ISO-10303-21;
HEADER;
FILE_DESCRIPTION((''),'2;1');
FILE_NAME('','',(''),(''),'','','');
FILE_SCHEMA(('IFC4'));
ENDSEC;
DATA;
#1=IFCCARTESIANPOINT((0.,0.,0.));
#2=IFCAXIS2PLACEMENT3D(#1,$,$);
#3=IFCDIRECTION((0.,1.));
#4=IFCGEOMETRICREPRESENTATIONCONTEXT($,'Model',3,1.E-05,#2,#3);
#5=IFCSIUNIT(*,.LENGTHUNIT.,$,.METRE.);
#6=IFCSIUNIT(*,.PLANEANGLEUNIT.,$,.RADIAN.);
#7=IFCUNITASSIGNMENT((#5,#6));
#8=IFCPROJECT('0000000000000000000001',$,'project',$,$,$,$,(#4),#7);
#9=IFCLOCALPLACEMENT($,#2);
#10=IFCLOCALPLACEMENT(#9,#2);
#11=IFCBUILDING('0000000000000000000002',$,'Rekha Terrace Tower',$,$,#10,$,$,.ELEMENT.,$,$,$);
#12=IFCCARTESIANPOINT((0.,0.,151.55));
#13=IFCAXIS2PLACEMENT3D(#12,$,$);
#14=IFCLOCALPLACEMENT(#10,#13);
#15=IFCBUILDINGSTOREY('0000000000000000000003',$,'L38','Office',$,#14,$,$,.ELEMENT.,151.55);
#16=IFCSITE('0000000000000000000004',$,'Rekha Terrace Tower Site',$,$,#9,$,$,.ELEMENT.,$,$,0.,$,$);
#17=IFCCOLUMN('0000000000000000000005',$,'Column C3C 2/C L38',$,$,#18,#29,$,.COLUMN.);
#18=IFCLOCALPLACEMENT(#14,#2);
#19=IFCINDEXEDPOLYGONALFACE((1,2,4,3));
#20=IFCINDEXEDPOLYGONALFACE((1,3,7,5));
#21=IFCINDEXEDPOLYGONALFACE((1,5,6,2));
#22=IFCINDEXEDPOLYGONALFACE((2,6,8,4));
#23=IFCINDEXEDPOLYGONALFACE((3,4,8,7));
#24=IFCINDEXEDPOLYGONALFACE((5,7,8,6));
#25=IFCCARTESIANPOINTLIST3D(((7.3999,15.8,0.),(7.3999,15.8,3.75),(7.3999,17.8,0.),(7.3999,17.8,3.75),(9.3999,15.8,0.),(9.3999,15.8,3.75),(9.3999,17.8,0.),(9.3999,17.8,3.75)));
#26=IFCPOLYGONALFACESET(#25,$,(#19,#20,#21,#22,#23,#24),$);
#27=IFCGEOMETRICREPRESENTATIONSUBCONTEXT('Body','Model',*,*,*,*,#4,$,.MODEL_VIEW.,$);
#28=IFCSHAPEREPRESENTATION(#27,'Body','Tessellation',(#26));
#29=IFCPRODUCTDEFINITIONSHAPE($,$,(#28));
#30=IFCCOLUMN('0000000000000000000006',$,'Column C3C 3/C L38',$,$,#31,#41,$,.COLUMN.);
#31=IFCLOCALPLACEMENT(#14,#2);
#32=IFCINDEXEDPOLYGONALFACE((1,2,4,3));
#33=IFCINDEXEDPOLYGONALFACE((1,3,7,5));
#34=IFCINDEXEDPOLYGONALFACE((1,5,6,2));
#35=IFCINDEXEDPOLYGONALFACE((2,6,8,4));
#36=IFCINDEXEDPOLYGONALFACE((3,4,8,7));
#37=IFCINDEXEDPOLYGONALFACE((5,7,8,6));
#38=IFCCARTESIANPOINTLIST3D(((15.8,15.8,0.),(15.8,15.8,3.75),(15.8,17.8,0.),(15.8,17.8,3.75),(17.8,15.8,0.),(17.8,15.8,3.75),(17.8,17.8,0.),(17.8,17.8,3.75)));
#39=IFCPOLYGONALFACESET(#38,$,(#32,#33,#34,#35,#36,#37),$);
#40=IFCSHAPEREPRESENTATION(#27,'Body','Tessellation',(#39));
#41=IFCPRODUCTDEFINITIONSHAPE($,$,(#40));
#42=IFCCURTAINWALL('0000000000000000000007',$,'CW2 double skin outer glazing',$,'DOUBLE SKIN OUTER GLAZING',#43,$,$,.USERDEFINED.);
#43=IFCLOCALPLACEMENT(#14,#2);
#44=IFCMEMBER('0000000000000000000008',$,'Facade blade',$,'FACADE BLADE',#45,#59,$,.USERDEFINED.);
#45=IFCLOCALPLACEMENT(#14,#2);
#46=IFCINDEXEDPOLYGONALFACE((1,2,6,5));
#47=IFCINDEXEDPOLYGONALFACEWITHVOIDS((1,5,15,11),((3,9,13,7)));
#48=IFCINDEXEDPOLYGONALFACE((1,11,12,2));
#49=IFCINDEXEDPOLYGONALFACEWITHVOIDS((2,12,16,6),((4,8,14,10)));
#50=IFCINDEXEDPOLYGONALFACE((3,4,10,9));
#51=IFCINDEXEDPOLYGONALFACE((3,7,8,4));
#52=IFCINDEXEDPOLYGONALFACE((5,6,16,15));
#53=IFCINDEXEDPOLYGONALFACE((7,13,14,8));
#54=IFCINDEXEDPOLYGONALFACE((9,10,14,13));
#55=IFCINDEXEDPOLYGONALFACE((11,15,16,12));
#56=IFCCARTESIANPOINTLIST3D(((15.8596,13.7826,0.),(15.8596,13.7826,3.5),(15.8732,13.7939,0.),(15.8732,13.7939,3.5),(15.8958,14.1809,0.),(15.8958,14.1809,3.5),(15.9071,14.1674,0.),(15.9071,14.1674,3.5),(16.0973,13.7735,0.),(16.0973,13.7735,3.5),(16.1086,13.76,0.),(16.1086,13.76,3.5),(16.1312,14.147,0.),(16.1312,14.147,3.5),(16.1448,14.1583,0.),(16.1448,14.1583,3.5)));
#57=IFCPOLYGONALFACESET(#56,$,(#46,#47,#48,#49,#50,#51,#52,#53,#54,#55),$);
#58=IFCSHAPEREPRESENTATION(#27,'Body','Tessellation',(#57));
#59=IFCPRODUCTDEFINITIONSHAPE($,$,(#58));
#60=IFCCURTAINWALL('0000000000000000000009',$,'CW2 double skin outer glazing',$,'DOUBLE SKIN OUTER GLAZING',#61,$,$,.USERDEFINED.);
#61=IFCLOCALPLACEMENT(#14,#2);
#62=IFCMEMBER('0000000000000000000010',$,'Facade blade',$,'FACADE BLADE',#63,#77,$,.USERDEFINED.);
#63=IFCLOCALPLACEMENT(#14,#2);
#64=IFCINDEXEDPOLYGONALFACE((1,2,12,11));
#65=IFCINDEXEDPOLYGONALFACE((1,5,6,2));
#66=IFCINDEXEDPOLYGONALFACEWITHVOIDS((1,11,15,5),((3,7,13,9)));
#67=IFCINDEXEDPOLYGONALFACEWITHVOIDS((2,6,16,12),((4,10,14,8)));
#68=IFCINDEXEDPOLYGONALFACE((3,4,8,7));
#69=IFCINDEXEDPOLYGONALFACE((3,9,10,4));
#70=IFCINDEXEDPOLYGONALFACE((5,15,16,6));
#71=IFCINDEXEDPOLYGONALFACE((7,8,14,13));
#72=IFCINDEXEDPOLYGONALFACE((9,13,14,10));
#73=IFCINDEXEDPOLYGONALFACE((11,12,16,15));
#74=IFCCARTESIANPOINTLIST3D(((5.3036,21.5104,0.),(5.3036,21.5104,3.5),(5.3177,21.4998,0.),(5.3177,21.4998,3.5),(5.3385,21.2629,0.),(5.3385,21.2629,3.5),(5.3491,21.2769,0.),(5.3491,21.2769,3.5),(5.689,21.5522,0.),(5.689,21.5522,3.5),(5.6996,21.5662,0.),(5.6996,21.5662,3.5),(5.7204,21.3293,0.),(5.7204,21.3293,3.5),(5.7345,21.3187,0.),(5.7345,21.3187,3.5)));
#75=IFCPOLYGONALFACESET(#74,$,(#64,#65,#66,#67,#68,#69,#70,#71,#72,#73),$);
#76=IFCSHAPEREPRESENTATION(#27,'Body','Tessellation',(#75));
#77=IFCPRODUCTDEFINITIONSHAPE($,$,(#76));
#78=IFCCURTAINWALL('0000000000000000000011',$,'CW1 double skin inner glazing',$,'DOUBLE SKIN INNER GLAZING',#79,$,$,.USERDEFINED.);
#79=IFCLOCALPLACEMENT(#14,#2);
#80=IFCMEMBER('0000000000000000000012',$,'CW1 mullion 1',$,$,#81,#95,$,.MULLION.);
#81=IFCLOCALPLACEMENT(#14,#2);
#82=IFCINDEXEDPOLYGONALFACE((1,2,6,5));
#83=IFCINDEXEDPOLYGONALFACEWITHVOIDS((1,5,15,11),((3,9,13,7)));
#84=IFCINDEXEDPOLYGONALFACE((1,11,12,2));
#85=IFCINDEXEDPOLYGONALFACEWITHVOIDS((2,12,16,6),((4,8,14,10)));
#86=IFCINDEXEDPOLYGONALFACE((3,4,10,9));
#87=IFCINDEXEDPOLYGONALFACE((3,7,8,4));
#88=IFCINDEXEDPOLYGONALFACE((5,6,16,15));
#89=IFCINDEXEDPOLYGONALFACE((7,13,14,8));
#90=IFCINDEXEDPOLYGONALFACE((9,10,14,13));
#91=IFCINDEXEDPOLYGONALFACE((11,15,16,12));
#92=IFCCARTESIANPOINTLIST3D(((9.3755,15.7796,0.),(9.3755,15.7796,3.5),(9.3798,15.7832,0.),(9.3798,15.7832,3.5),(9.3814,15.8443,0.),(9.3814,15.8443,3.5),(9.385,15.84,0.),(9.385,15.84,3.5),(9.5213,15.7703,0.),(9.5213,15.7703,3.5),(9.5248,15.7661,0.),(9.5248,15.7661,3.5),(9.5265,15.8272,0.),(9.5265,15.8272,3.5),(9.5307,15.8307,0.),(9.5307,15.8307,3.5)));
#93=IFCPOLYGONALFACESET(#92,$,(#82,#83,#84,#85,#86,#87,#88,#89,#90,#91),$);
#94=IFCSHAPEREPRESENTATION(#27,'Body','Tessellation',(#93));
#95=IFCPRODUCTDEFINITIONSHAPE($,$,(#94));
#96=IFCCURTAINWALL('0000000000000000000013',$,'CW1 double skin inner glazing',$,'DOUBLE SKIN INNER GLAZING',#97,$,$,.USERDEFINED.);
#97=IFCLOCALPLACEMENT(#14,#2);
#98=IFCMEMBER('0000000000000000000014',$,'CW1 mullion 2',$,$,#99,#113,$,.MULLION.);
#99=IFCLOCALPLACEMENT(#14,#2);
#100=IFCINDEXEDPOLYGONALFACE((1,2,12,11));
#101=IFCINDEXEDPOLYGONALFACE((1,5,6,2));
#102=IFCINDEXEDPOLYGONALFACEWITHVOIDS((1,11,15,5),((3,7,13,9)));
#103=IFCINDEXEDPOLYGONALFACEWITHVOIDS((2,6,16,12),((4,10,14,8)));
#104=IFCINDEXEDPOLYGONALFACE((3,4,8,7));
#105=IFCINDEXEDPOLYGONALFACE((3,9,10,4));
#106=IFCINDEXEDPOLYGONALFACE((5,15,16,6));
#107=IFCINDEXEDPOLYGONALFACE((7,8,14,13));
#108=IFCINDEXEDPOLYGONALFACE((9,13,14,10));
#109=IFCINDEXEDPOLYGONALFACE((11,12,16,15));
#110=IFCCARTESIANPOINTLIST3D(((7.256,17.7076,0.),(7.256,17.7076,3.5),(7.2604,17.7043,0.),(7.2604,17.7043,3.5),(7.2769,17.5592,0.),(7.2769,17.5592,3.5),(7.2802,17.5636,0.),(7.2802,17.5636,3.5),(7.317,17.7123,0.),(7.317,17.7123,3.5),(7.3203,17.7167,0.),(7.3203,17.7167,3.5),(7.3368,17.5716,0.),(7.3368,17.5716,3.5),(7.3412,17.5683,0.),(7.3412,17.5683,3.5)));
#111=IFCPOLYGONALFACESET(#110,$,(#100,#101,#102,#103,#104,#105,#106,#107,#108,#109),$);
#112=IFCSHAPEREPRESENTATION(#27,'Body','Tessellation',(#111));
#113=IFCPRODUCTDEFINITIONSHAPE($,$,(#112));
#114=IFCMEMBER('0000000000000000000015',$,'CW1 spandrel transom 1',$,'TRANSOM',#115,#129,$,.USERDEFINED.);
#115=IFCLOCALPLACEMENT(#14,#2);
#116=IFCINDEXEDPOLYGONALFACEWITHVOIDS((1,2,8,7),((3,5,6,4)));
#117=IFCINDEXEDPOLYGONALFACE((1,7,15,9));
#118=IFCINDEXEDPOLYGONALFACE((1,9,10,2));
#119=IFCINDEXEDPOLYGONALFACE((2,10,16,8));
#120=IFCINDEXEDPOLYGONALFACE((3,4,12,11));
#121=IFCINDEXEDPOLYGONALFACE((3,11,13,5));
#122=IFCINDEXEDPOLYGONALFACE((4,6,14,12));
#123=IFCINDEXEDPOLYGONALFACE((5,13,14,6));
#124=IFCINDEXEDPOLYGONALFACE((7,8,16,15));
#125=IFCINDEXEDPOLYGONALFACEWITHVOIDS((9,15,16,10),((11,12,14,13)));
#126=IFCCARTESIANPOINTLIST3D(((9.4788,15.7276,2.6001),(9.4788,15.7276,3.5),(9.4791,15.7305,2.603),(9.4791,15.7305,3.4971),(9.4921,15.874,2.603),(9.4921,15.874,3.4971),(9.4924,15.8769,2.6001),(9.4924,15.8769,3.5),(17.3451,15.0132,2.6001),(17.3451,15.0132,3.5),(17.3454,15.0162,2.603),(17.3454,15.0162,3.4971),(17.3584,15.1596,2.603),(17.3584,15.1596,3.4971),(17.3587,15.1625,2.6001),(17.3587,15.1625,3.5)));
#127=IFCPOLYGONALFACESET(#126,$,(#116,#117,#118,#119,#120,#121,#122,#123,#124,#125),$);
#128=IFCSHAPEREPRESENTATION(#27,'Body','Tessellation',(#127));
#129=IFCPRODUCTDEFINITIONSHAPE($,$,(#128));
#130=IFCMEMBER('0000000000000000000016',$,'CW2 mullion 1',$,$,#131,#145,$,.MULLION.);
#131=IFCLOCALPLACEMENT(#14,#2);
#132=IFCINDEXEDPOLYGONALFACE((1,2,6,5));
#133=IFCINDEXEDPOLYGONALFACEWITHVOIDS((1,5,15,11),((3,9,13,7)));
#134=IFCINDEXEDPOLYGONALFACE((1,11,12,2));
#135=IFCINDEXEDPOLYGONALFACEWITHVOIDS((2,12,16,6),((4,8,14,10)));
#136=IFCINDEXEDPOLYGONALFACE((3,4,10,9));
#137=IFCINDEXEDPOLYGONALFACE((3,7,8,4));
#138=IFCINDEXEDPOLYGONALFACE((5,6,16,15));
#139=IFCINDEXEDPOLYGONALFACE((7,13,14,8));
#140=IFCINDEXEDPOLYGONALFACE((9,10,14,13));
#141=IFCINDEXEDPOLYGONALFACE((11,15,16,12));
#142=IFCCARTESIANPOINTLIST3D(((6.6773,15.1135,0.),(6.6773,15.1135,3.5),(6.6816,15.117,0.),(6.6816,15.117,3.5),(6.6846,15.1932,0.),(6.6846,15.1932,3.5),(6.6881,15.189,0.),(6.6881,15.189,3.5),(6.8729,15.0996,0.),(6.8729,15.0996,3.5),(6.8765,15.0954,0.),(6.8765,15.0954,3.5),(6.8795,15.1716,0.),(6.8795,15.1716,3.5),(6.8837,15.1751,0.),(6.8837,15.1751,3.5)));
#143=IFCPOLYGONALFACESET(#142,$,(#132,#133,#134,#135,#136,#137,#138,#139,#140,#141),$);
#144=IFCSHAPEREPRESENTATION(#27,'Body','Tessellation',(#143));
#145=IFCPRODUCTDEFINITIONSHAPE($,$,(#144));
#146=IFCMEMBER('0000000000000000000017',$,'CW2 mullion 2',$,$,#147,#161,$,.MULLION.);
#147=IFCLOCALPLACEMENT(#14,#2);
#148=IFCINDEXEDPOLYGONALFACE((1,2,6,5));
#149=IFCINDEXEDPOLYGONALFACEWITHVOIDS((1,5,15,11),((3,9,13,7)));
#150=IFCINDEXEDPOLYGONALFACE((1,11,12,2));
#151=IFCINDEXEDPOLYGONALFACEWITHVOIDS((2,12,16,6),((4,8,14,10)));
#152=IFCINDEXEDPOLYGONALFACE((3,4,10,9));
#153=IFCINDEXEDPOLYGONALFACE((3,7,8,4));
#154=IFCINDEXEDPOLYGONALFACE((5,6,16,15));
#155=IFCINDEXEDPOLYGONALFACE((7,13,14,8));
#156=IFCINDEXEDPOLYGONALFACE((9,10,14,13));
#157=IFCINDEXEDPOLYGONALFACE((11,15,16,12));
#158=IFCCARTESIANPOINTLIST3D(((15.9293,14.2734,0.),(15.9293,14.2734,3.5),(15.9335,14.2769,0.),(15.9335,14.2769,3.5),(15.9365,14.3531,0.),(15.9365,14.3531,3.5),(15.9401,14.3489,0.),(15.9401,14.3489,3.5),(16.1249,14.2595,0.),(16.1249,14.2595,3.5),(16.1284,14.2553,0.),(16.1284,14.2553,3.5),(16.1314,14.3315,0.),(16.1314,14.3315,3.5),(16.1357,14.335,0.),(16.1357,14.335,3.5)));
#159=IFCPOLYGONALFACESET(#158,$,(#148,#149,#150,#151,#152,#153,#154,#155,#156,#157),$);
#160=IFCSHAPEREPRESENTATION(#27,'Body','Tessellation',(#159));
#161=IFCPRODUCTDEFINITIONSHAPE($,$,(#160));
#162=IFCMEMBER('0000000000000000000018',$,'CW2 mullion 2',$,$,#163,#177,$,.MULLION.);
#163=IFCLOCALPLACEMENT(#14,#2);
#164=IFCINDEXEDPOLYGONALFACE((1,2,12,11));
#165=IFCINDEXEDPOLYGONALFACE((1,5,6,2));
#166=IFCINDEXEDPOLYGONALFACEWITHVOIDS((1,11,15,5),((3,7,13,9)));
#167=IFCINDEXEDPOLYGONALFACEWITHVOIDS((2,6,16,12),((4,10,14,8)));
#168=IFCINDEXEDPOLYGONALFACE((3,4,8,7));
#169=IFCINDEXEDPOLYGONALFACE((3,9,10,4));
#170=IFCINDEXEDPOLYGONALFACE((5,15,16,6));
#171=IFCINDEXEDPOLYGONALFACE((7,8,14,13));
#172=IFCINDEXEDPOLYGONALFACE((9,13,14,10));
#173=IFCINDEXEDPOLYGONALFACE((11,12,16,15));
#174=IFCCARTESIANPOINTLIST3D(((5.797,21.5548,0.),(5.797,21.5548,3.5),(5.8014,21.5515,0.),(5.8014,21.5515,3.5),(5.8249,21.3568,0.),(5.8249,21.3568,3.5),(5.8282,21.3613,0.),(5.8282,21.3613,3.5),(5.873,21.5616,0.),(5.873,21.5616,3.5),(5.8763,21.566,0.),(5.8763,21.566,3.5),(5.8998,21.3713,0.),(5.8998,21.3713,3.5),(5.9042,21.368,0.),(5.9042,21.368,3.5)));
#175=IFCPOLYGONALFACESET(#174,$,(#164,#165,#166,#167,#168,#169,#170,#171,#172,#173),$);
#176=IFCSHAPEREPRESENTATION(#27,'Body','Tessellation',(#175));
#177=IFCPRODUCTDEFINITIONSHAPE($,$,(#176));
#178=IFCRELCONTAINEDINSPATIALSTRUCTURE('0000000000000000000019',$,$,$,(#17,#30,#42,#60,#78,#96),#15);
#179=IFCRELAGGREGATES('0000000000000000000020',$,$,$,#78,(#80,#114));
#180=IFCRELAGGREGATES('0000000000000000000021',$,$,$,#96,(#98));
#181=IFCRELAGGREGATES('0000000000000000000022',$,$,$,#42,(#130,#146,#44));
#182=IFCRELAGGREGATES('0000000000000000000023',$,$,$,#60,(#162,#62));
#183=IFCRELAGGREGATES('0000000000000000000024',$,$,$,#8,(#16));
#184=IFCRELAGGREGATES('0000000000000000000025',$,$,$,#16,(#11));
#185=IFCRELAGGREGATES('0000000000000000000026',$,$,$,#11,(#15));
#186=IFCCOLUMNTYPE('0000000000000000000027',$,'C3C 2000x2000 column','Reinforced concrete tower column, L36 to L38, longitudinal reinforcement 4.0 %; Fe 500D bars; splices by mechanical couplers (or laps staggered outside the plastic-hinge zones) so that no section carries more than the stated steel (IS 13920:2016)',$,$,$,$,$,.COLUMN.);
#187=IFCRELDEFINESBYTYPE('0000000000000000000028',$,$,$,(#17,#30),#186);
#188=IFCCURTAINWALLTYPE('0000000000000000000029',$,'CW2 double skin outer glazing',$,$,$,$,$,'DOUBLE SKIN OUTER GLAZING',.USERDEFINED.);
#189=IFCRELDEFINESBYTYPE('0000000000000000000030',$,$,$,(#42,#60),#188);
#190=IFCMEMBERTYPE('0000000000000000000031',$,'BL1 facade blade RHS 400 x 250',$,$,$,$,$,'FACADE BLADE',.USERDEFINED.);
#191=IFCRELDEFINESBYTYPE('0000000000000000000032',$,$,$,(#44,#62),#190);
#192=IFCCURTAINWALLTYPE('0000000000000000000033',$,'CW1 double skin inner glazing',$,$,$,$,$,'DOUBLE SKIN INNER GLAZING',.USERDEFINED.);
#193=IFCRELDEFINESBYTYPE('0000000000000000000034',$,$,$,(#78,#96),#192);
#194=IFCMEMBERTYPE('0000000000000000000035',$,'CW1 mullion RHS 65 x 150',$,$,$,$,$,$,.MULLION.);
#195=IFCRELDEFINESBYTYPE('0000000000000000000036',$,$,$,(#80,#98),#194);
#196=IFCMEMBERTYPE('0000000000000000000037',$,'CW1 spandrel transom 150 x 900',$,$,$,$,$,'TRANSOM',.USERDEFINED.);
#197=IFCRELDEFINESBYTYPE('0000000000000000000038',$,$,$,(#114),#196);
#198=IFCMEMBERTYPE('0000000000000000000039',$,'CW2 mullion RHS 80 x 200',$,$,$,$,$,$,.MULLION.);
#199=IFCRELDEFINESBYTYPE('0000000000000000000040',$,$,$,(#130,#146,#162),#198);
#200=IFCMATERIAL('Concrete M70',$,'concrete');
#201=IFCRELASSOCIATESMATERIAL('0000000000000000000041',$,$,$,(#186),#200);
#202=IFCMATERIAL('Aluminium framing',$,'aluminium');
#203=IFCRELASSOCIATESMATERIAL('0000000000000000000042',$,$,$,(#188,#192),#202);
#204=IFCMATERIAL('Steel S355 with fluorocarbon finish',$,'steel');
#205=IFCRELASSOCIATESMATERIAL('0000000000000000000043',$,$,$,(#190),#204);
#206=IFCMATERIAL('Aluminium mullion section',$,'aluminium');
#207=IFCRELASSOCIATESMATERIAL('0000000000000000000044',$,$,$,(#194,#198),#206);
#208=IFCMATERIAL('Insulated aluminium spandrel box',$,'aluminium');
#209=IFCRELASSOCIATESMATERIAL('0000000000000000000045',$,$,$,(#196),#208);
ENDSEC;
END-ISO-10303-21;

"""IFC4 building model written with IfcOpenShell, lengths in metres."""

from ifc_helpers import new_model, si_unit, direction, frame, origin, origin_2d, place, context, subcontext, project, spatial, rectangle, hollow_rectangle, extrude, material, material_profile, profile_set, type_object, element, aggregate, save


model = new_model("IFC4")

# Units and contexts
model_context = context("Model", 3, precision=1e-05, world=origin(), true_north=direction((0.0, 1.0)))
body_context = subcontext(model_context, "Body", "Model", "MODEL_VIEW")
ifc_project = project(units=[si_unit("LENGTHUNIT", "METRE"), si_unit("PLANEANGLEUNIT", "RADIAN")], contexts=[model_context])

# Site, building, storey
site_placement = place(None, origin())
site = spatial("IfcSite", under=ifc_project, at=site_placement, Name="Rekha Terrace Tower Site", CompositionType="ELEMENT", RefElevation=0.0)
building_placement = place(site_placement, origin())
building = spatial("IfcBuilding", under=site, at=building_placement, Name="Rekha Terrace Tower", CompositionType="ELEMENT")
storey_placement = place(building_placement, frame((0.0, 0.0, 151.55)))
storey = spatial("IfcBuildingStorey", under=building, at=storey_placement, Name="L38", Description="Office", CompositionType="ELEMENT", Elevation=151.55)

# Columns
ifc_material_1 = material(Name="Concrete M70", Category="concrete")
ifc_material_profile_1 = material_profile(ifc_material_1, rectangle(XDim=2.0, YDim=2.0, at=origin_2d()), Name="RC 2000x2000")
ifc_profile_set_1 = profile_set([ifc_material_profile_1], Name="Concrete M70")
column_type = type_object("IfcColumnType", Name="C3C 2000x2000 column", Description="Reinforced concrete tower column, L36 to L38, longitudinal reinforcement 4.0 %; Fe 500D bars; splices by mechanical couplers (or laps staggered outside the plastic-hinge zones) so that no section carries more than the stated steel (IS 13920:2016)", PredefinedType="COLUMN", material=ifc_profile_set_1)
for number, where, z_axis, x_axis, name in (
    (1, (8.3999, 16.8, 0.0), (0.0, 0.0, 1.0), (1.0, 0.0, 0.0), "Column C3C 2/C L38"),
    (2, (16.8, 16.8, 0.0), (0.0, 0.0, 1.0), (1.0, 0.0, 0.0), "Column C3C 3/C L38"),
):
    element("IfcColumn", number, at=place(storey_placement, frame(where, z_axis=z_axis, x_axis=x_axis)), inside=storey, type_object=column_type, Name=name, PredefinedType="COLUMN", context=body_context, shape_type="SweptSolid", body=[
        extrude(rectangle(XDim=2.0, YDim=2.0, at=origin_2d()), origin(), (0.0, 0.0, 1.0), 3.75),
    ])

# Curtain walls, members
ifc_material_2 = material(Name="Aluminium framing", Category="aluminium")
curtain_wall_type_1 = type_object("IfcCurtainWallType", Name="CW2 double skin outer glazing", ElementType="DOUBLE SKIN OUTER GLAZING", PredefinedType="USERDEFINED", material=ifc_material_2)
curtain_wall_1_placement = place(storey_placement, origin())
curtain_wall_1 = element("IfcCurtainWall", 3, at=curtain_wall_1_placement, inside=storey, type_object=curtain_wall_type_1, Name="CW2 double skin outer glazing", ObjectType="DOUBLE SKIN OUTER GLAZING", PredefinedType="USERDEFINED")
ifc_material_3 = material(Name="Steel S355 with fluorocarbon finish", Category="steel")
ifc_material_profile_2 = material_profile(ifc_material_3, hollow_rectangle(XDim=0.25, YDim=0.3999, WallThickness=0.0125, at=origin_2d()), Name="RHS400x250x12.5")
ifc_profile_set_2 = profile_set([ifc_material_profile_2], Name="Steel S355 with fluorocarbon finish")
member_type_1 = type_object("IfcMemberType", Name="BL1 facade blade RHS 400 x 250", ElementType="FACADE BLADE", PredefinedType="USERDEFINED", material=ifc_profile_set_2)
member_1_placement = place(storey_placement, frame((16.0022, 13.9705, 0.0), z_axis=(0.0, 0.0, 1.0), x_axis=(0.995902, -0.09044, 0.0)))
member_1 = element("IfcMember", 4, at=member_1_placement, type_object=member_type_1, Name="Facade blade", ObjectType="FACADE BLADE", PredefinedType="USERDEFINED", context=body_context, shape_type="SweptSolid", body=[
    extrude(hollow_rectangle(XDim=0.25, YDim=0.3999, WallThickness=0.0125, at=origin_2d()), origin(), (0.0, 0.0, 1.0), 3.5),
])
curtain_wall_2_placement = place(storey_placement, origin())
curtain_wall_2 = element("IfcCurtainWall", 5, at=curtain_wall_2_placement, inside=storey, type_object=curtain_wall_type_1, Name="CW2 double skin outer glazing", ObjectType="DOUBLE SKIN OUTER GLAZING", PredefinedType="USERDEFINED")
member_2_placement = place(storey_placement, frame((5.519, 21.4146, 0.0), z_axis=(0.0, 0.0, 1.0), x_axis=(0.139597, -0.990208, 0.0)))
member_2 = element("IfcMember", 6, at=member_2_placement, type_object=member_type_1, Name="Facade blade", ObjectType="FACADE BLADE", PredefinedType="USERDEFINED", context=body_context, shape_type="SweptSolid", body=[
    extrude(hollow_rectangle(XDim=0.25, YDim=0.3999, WallThickness=0.0125, at=origin_2d()), origin(), (0.0, 0.0, 1.0), 3.5),
])
curtain_wall_type_2 = type_object("IfcCurtainWallType", Name="CW1 double skin inner glazing", ElementType="DOUBLE SKIN INNER GLAZING", PredefinedType="USERDEFINED", material=ifc_material_2)
curtain_wall_3_placement = place(storey_placement, origin())
curtain_wall_3 = element("IfcCurtainWall", 7, at=curtain_wall_3_placement, inside=storey, type_object=curtain_wall_type_2, Name="CW1 double skin inner glazing", ObjectType="DOUBLE SKIN INNER GLAZING", PredefinedType="USERDEFINED")
ifc_material_4 = material(Name="Aluminium mullion section", Category="aluminium")
ifc_material_profile_3 = material_profile(ifc_material_4, hollow_rectangle(XDim=0.0649, YDim=0.1499, WallThickness=0.0039, at=origin_2d()), Name="AL RHS 65x150")
ifc_profile_set_3 = profile_set([ifc_material_profile_3], Name="Aluminium mullion section")
member_type_2 = type_object("IfcMemberType", Name="CW1 mullion RHS 65 x 150", PredefinedType="MULLION", material=ifc_profile_set_3)
member_3_placement = place(storey_placement, frame((9.4531, 15.8052, 0.0), z_axis=(0.0, 0.0, 1.0), x_axis=(0.09044, 0.995902, 0.0)))
member_3 = element("IfcMember", 8, at=member_3_placement, type_object=member_type_2, Name="CW1 mullion 1", PredefinedType="MULLION", context=body_context, shape_type="SweptSolid", body=[
    extrude(hollow_rectangle(XDim=0.0649, YDim=0.1499, WallThickness=0.0039, at=origin_2d()), origin(), (0.0, 0.0, 1.0), 3.5),
])
curtain_wall_4_placement = place(storey_placement, origin())
curtain_wall_4 = element("IfcCurtainWall", 9, at=curtain_wall_4_placement, inside=storey, type_object=curtain_wall_type_2, Name="CW1 double skin inner glazing", ObjectType="DOUBLE SKIN INNER GLAZING", PredefinedType="USERDEFINED")
member_4_placement = place(storey_placement, frame((7.2986, 17.6379, 0.0), z_axis=(0.0, 0.0, 1.0), x_axis=(0.990208, 0.139597, 0.0)))
member_4 = element("IfcMember", 10, at=member_4_placement, type_object=member_type_2, Name="CW1 mullion 2", PredefinedType="MULLION", context=body_context, shape_type="SweptSolid", body=[
    extrude(hollow_rectangle(XDim=0.0649, YDim=0.1499, WallThickness=0.0039, at=origin_2d()), origin(), (0.0, 0.0, 1.0), 3.5),
])

# Members
ifc_material_5 = material(Name="Insulated aluminium spandrel box", Category="aluminium")
ifc_material_profile_4 = material_profile(ifc_material_5, hollow_rectangle(XDim=0.1499, YDim=0.8999, WallThickness=0.0029, at=origin_2d()), Name="AL SPANDREL BOX 150x900")
ifc_profile_set_4 = profile_set([ifc_material_profile_4], Name="Insulated aluminium spandrel box")
member_type_3 = type_object("IfcMemberType", Name="CW1 spandrel transom 150 x 900", ElementType="TRANSOM", PredefinedType="USERDEFINED", material=ifc_profile_set_4)
member_5_placement = place(storey_placement, frame((9.4856, 15.8022, 3.05), z_axis=(0.995902, -0.090441, 0.0), x_axis=(0.090441, 0.995902, 0.0)))
member_5 = element("IfcMember", 11, at=member_5_placement, type_object=member_type_3, Name="CW1 spandrel transom 1", ObjectType="TRANSOM", PredefinedType="USERDEFINED", context=body_context, shape_type="SweptSolid", body=[
    extrude(hollow_rectangle(XDim=0.1499, YDim=0.8999, WallThickness=0.0029, at=origin_2d()), origin(), (0.0, 0.0, 1.0), 7.8987),
])
ifc_material_profile_5 = material_profile(ifc_material_4, hollow_rectangle(XDim=0.0801, YDim=0.2, WallThickness=0.0039, at=origin_2d()), Name="AL RHS 80x200")
ifc_profile_set_5 = profile_set([ifc_material_profile_5], Name="Aluminium mullion section")
member_type_4 = type_object("IfcMemberType", Name="CW2 mullion RHS 80 x 200", PredefinedType="MULLION", material=ifc_profile_set_5)
member_6_placement = place(storey_placement, frame((6.7805, 15.1443, 0.0), z_axis=(0.0, 0.0, 1.0), x_axis=(0.09044, 0.995902, 0.0)))
member_6 = element("IfcMember", 12, at=member_6_placement, type_object=member_type_4, Name="CW2 mullion 1", PredefinedType="MULLION", context=body_context, shape_type="SweptSolid", body=[
    extrude(hollow_rectangle(XDim=0.0801, YDim=0.2, WallThickness=0.0039, at=origin_2d()), origin(), (0.0, 0.0, 1.0), 3.5),
])
member_7_placement = place(storey_placement, frame((16.0325, 14.3042, 0.0), z_axis=(0.0, 0.0, 1.0), x_axis=(0.09044, 0.995902, 0.0)))
member_7 = element("IfcMember", 13, at=member_7_placement, type_object=member_type_4, Name="CW2 mullion 2", PredefinedType="MULLION", context=body_context, shape_type="SweptSolid", body=[
    extrude(hollow_rectangle(XDim=0.0801, YDim=0.2, WallThickness=0.0039, at=origin_2d()), origin(), (0.0, 0.0, 1.0), 3.5),
])
member_8_placement = place(storey_placement, frame((5.8506, 21.4614, 0.0), z_axis=(0.0, 0.0, 1.0), x_axis=(0.990208, 0.139597, 0.0)))
member_8 = element("IfcMember", 14, at=member_8_placement, type_object=member_type_4, Name="CW2 mullion 2", PredefinedType="MULLION", context=body_context, shape_type="SweptSolid", body=[
    extrude(hollow_rectangle(XDim=0.0801, YDim=0.2, WallThickness=0.0039, at=origin_2d()), origin(), (0.0, 0.0, 1.0), 3.5),
])

aggregate(curtain_wall_3, [member_3, member_5])
aggregate(curtain_wall_4, [member_4])
aggregate(curtain_wall_1, [member_6, member_7, member_1])
aggregate(curtain_wall_2, [member_8, member_2])

save(model, "model.ifc")
